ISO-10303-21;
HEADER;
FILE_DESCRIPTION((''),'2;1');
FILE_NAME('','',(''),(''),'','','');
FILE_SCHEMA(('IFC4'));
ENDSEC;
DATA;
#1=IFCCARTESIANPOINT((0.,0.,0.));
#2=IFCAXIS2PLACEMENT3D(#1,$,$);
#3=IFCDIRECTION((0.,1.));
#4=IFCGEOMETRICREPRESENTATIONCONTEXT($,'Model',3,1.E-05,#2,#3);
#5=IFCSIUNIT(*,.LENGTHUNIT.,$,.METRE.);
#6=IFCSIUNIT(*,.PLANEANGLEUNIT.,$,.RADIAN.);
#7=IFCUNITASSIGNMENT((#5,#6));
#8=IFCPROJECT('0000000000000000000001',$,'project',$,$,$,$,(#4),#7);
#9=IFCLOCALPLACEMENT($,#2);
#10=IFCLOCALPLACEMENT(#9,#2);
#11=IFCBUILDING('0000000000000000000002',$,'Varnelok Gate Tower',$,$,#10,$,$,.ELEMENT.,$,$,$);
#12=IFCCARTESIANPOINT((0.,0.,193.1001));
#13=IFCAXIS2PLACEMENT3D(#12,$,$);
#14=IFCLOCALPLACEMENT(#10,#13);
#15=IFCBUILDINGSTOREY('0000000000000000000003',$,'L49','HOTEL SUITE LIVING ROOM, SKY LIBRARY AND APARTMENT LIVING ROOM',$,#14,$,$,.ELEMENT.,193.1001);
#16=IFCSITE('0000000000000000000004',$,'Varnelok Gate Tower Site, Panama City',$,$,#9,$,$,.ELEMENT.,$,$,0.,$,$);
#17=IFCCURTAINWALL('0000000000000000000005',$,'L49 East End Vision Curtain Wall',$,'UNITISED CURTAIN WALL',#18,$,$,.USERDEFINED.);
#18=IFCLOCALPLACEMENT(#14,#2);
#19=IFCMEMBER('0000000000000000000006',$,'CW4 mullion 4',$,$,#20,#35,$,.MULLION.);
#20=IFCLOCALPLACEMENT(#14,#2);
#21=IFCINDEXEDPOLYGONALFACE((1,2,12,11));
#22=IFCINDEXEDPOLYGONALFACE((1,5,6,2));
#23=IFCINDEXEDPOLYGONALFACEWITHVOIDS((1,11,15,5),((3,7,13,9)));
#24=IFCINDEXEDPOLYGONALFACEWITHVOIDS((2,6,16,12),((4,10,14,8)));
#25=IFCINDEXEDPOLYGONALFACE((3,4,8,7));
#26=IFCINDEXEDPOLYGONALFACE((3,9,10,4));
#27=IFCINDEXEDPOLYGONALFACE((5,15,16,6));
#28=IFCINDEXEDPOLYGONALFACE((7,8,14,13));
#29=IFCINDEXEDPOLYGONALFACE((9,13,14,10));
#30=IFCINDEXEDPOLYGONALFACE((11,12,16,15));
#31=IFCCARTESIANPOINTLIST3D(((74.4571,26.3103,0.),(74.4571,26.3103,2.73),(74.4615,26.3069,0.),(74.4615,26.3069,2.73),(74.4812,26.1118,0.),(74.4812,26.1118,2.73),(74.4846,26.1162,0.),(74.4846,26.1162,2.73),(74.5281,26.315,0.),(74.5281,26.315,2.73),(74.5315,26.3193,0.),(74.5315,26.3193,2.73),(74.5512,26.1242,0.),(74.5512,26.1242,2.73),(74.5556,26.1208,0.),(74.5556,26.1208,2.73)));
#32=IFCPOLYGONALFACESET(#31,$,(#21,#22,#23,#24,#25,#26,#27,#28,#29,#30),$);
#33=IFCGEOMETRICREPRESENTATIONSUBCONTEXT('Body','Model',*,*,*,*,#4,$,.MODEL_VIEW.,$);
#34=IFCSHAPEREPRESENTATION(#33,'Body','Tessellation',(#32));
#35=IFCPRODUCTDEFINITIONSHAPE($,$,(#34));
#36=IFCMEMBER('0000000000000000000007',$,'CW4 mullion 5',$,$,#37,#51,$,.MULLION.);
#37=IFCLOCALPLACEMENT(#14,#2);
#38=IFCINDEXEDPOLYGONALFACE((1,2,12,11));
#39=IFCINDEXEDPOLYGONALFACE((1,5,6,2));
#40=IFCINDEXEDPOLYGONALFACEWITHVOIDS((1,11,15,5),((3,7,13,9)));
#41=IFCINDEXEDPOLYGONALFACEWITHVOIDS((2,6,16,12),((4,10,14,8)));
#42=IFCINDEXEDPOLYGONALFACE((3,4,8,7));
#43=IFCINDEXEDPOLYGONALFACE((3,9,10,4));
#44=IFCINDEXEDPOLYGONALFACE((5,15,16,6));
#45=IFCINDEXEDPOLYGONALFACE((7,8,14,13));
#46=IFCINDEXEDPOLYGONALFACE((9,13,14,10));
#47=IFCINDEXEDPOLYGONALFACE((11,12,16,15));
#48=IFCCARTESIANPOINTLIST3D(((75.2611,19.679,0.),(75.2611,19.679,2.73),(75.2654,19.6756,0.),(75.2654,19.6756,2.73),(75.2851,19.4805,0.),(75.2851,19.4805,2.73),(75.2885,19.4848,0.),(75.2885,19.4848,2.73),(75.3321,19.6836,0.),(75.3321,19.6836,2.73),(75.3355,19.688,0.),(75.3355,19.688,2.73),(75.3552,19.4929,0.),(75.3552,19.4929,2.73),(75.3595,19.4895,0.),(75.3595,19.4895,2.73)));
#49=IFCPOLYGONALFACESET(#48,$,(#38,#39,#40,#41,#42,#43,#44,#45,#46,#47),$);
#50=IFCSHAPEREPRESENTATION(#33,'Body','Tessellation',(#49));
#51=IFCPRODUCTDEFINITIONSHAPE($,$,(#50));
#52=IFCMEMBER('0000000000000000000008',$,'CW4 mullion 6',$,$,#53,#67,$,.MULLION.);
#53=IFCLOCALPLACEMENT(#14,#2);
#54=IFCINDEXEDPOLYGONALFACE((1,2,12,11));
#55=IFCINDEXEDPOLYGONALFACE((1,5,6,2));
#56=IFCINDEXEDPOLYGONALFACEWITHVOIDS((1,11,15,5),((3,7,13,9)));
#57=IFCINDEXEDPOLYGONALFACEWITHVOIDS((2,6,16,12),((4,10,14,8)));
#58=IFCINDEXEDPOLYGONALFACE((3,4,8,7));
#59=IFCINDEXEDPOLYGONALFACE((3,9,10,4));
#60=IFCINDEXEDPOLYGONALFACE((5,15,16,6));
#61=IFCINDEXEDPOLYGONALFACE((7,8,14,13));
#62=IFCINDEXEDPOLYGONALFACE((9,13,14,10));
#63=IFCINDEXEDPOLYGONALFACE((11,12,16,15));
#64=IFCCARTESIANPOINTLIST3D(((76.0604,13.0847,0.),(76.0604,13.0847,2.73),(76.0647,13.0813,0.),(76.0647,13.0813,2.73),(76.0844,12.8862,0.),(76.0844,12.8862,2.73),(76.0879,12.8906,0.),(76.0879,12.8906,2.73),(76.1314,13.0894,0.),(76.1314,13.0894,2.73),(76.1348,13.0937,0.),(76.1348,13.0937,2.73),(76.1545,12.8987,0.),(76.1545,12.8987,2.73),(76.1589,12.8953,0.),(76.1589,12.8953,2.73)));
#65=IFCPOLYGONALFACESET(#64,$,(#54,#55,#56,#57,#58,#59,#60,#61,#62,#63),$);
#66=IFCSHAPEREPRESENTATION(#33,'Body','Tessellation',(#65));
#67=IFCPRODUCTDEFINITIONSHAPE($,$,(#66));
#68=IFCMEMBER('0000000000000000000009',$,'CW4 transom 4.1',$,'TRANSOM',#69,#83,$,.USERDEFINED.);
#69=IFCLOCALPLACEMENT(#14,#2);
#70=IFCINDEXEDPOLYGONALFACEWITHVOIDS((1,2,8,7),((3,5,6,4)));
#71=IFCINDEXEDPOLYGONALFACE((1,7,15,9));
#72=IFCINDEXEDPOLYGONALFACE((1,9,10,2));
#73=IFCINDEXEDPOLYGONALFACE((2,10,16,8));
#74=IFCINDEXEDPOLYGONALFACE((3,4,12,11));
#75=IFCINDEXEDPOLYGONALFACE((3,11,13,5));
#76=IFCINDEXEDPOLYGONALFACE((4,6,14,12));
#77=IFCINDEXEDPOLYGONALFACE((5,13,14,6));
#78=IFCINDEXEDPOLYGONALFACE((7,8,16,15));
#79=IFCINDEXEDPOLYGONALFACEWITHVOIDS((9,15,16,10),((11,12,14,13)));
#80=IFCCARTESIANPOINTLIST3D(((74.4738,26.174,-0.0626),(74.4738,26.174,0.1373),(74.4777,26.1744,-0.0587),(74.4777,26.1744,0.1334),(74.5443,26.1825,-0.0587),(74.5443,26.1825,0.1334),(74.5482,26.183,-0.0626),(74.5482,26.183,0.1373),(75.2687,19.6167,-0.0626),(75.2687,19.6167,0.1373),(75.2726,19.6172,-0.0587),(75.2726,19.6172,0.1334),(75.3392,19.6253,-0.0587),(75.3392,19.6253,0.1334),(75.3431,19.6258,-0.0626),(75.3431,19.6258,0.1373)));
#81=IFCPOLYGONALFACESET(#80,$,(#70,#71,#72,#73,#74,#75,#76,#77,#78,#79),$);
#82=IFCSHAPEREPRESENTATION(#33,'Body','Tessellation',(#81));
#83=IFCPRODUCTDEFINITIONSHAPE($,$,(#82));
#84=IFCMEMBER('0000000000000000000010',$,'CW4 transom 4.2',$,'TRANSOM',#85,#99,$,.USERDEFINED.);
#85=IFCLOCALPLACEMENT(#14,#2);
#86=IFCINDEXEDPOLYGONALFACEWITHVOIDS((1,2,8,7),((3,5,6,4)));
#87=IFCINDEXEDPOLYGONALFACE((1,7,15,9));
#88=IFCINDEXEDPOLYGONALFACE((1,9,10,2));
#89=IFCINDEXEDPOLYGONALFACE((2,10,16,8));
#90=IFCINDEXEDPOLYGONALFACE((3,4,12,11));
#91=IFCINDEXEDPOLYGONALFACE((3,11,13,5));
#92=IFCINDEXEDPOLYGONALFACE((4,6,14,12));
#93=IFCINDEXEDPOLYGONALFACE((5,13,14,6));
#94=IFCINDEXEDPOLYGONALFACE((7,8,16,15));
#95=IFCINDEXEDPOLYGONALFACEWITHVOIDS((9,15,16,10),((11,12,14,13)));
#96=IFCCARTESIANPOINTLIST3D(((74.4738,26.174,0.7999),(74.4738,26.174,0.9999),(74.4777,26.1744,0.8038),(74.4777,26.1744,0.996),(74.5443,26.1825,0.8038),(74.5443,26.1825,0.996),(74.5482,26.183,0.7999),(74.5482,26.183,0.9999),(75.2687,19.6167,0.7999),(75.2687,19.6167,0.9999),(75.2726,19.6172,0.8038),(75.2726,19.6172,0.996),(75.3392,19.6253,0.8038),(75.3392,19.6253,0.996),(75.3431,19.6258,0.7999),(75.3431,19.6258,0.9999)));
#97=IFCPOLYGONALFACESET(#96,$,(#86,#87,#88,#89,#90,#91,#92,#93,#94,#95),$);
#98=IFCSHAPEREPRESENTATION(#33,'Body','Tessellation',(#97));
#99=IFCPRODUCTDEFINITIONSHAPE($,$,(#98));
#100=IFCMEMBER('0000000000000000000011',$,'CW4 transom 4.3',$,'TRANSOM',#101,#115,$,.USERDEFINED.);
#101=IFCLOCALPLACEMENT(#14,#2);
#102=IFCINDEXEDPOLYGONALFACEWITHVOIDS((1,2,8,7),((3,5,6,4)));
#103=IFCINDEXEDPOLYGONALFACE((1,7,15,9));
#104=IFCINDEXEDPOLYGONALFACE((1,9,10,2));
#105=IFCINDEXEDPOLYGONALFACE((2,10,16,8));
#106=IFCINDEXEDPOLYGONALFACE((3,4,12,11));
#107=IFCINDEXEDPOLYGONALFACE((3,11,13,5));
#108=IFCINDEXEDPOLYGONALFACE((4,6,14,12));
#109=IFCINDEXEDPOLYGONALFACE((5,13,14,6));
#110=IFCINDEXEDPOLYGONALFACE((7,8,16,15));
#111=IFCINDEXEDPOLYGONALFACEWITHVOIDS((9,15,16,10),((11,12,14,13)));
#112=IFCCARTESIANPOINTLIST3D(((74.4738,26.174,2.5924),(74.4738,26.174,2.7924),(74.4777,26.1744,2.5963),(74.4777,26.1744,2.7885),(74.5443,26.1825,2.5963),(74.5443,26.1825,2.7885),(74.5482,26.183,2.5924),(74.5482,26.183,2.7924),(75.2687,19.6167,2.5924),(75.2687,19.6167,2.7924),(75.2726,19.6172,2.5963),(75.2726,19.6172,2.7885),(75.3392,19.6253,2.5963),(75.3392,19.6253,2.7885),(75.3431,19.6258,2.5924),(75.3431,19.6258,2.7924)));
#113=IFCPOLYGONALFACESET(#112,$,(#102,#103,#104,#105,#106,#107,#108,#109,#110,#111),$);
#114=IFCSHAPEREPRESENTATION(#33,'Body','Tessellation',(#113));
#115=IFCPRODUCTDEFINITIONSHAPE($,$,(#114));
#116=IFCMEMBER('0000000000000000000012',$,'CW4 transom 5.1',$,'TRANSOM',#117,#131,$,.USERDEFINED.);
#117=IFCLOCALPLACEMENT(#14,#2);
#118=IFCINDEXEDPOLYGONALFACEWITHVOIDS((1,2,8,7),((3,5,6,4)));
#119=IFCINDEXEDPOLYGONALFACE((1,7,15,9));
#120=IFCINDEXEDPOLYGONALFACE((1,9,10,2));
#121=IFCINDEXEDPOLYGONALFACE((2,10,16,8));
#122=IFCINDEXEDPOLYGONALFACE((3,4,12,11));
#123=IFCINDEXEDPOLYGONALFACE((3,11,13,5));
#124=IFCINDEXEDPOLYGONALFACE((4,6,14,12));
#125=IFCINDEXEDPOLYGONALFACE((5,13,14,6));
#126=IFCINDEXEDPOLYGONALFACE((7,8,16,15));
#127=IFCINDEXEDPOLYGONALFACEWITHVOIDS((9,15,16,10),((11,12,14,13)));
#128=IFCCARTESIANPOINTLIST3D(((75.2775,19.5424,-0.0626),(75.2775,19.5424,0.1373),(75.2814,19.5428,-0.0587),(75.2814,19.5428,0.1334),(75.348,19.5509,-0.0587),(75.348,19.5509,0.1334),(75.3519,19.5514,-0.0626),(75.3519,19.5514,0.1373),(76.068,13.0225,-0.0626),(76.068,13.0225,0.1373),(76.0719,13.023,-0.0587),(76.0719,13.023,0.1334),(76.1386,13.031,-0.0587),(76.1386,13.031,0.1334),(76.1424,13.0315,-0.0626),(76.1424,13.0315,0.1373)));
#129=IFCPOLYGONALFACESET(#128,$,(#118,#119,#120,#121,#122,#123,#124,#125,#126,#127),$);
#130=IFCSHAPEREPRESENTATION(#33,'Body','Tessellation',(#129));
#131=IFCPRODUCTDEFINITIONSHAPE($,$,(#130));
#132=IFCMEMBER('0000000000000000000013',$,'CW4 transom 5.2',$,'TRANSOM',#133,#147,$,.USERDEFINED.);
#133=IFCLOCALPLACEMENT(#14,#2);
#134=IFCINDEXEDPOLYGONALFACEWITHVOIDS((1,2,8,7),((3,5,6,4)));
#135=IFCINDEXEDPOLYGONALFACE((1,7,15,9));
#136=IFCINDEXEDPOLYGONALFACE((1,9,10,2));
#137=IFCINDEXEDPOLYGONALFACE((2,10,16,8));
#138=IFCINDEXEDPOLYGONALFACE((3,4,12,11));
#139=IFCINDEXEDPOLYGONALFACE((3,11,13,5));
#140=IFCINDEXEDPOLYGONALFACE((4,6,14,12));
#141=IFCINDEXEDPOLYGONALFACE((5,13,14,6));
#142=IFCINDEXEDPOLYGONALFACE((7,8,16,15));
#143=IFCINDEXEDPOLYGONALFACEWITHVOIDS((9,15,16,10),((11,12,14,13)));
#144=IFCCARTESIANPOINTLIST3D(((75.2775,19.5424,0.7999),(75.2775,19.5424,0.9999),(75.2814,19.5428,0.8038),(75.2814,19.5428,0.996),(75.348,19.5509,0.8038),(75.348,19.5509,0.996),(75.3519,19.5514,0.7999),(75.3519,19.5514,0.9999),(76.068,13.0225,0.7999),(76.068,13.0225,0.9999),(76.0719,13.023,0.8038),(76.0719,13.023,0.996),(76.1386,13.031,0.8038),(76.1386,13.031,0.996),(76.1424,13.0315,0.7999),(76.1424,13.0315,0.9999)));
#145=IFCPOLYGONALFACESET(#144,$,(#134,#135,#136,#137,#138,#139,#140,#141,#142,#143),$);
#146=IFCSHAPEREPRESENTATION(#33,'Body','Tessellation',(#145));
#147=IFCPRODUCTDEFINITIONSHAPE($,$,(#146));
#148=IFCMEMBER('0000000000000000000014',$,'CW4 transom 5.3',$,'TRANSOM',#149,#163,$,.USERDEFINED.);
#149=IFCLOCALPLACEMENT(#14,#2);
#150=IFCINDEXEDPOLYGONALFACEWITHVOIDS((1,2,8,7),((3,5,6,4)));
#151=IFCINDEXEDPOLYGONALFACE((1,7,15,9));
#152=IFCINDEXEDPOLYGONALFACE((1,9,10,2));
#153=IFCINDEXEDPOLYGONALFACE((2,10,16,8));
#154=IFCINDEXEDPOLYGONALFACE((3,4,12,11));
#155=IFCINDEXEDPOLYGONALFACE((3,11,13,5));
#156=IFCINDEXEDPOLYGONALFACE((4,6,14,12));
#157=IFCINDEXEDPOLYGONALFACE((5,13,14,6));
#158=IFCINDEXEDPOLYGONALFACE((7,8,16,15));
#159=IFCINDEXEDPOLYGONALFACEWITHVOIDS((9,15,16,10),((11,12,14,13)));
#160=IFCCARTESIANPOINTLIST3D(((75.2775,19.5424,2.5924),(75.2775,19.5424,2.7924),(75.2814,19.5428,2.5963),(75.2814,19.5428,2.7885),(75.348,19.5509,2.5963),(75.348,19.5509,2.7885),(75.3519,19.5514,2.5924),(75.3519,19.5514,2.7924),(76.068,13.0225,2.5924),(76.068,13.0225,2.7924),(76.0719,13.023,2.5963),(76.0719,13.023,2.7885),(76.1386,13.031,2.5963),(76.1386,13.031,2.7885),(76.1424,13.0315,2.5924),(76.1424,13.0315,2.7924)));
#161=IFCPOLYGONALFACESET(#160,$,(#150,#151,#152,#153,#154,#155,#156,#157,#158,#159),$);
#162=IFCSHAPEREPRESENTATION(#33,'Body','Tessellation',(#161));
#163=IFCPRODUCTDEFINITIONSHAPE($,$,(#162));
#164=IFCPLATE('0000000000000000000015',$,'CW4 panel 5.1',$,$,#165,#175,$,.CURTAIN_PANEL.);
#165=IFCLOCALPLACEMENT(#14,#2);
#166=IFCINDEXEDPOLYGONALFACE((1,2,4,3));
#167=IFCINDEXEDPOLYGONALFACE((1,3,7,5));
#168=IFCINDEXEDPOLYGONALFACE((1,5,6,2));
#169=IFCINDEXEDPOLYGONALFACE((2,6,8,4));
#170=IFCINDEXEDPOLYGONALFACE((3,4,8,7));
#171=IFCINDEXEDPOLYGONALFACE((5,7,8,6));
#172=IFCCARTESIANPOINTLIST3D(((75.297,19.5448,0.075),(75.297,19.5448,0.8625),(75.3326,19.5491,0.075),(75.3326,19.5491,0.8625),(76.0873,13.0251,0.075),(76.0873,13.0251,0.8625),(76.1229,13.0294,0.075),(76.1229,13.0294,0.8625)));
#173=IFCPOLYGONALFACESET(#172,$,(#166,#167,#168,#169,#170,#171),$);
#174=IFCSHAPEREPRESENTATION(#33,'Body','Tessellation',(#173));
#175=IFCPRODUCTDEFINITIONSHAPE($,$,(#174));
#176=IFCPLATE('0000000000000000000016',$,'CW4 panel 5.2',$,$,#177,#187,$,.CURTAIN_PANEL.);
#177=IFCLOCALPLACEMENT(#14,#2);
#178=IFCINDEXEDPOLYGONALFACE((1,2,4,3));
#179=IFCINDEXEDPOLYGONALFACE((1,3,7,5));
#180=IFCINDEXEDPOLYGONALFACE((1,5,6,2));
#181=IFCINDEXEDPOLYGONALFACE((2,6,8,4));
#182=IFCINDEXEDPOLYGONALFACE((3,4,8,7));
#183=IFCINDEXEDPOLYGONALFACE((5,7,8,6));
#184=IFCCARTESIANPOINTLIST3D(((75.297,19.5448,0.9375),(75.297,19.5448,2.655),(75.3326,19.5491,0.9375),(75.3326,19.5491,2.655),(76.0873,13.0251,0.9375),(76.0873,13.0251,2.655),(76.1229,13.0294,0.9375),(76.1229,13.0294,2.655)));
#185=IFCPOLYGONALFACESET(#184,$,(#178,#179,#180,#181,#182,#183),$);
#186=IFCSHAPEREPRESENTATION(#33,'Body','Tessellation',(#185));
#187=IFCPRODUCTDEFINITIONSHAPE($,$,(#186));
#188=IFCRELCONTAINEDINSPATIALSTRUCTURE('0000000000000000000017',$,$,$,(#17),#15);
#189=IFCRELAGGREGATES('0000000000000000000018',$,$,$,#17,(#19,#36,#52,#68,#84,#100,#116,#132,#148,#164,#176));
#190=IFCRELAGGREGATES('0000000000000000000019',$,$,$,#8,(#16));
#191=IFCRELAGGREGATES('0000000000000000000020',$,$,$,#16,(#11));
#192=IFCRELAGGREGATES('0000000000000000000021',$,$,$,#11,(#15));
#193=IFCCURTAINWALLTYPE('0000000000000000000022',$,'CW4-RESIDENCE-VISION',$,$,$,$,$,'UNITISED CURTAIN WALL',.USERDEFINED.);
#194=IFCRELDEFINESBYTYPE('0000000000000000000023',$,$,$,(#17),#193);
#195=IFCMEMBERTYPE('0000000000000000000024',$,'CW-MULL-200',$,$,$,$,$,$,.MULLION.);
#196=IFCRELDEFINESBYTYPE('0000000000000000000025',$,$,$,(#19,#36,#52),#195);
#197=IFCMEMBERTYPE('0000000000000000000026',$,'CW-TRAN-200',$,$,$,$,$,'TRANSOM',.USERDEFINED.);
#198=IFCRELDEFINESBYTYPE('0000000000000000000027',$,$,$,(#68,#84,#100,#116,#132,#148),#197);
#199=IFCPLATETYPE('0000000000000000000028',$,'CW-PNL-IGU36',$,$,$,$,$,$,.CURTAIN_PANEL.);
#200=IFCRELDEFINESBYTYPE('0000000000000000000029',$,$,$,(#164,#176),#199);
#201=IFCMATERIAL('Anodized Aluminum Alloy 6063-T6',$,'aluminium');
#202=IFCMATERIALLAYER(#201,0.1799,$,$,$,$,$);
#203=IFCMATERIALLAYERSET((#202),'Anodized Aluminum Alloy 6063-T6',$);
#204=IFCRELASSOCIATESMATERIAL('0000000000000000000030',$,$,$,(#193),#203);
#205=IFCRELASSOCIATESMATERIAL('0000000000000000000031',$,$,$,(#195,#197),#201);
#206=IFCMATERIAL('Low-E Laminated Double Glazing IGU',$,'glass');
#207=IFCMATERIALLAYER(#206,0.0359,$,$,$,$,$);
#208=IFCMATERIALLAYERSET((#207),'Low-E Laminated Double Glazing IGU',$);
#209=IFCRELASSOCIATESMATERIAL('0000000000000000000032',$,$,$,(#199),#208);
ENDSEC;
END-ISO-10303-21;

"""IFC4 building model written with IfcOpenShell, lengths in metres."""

from ifc_helpers import new_model, si_unit, direction, frame, origin, origin_2d, place, context, subcontext, project, spatial, rectangle, hollow_rectangle, extrude, source, transform, mapped, material, layer, layer_set, material_profile, profile_set, type_object, element, aggregate, save


model = new_model("IFC4")

# Units and contexts
model_context = context("Model", 3, precision=1e-05, world=origin(), true_north=direction((0.0, 1.0)))
body_context = subcontext(model_context, "Body", "Model", "MODEL_VIEW")
ifc_project = project(units=[si_unit("LENGTHUNIT", "METRE"), si_unit("PLANEANGLEUNIT", "RADIAN")], contexts=[model_context])

# Site, building, storey
site_placement = place(None, origin())
site = spatial("IfcSite", under=ifc_project, at=site_placement, Name="Varnelok Gate Tower Site, Panama City", CompositionType="ELEMENT", RefElevation=0.0)
building_placement = place(site_placement, origin())
building = spatial("IfcBuilding", under=site, at=building_placement, Name="Varnelok Gate Tower", CompositionType="ELEMENT")
storey_placement = place(building_placement, frame((0.0, 0.0, 193.1001)))
storey = spatial("IfcBuildingStorey", under=building, at=storey_placement, Name="L49", Description="HOTEL SUITE LIVING ROOM, SKY LIBRARY AND APARTMENT LIVING ROOM", CompositionType="ELEMENT", Elevation=193.1001)

# Curtain wall, members, plates
ifc_material_1 = material(Name="Anodized Aluminum Alloy 6063-T6", Category="aluminium")
ifc_layer_1 = layer(ifc_material_1, 0.1799)
ifc_layer_set_1 = layer_set([ifc_layer_1], Name="Anodized Aluminum Alloy 6063-T6")
curtain_wall_type = type_object("IfcCurtainWallType", Name="CW4-RESIDENCE-VISION", ElementType="UNITISED CURTAIN WALL", PredefinedType="USERDEFINED", material=ifc_layer_set_1)
curtain_wall_placement = place(storey_placement, origin())
curtain_wall = element("IfcCurtainWall", 1, at=curtain_wall_placement, inside=storey, type_object=curtain_wall_type, Name="L49 East End Vision Curtain Wall", ObjectType="UNITISED CURTAIN WALL", PredefinedType="USERDEFINED")
ifc_material_profile_1 = material_profile(ifc_material_1, hollow_rectangle(XDim=0.075, YDim=0.2, WallThickness=0.0039, at=origin_2d()), Name="ALU200X75X4")
ifc_profile_set_1 = profile_set([ifc_material_profile_1], Name="Anodized Aluminum Alloy 6063-T6")
member_type_1 = type_object("IfcMemberType", Name="CW-MULL-200", PredefinedType="MULLION", material=ifc_profile_set_1)
member_1_placement = place(storey_placement, frame((74.5063, 26.2156, 0.0), z_axis=(0.0, 0.0, 1.0), x_axis=(0.992732, 0.120345, 0.0)))
member_1 = element("IfcMember", 2, at=member_1_placement, type_object=member_type_1, Name="CW4 mullion 4", PredefinedType="MULLION", context=body_context, shape_type="SweptSolid", body=[
    extrude(hollow_rectangle(XDim=0.075, YDim=0.2, WallThickness=0.0039, at=origin_2d()), origin(), (0.0, 0.0, 1.0), 2.73),
])
member_2_placement = place(storey_placement, frame((75.3103, 19.5842, 0.0), z_axis=(0.0, 0.0, 1.0), x_axis=(0.992732, 0.120345, 0.0)))
member_2 = element("IfcMember", 3, at=member_2_placement, type_object=member_type_1, Name="CW4 mullion 5", PredefinedType="MULLION", context=body_context, shape_type="SweptSolid", body=[
    extrude(hollow_rectangle(XDim=0.075, YDim=0.2, WallThickness=0.0039, at=origin_2d()), origin(), (0.0, 0.0, 1.0), 2.73),
])
member_3_placement = place(storey_placement, frame((76.1096, 12.99, 0.0), z_axis=(0.0, 0.0, 1.0), x_axis=(0.992732, 0.120345, 0.0)))
member_3 = element("IfcMember", 4, at=member_3_placement, type_object=member_type_1, Name="CW4 mullion 6", PredefinedType="MULLION", context=body_context, shape_type="SweptSolid", body=[
    extrude(hollow_rectangle(XDim=0.075, YDim=0.2, WallThickness=0.0039, at=origin_2d()), origin(), (0.0, 0.0, 1.0), 2.73),
])
ifc_material_profile_2 = material_profile(ifc_material_1, hollow_rectangle(XDim=0.075, YDim=0.2, WallThickness=0.0039, at=origin_2d()), Name="ALU200X75X4")
ifc_profile_set_2 = profile_set([ifc_material_profile_2], Name="Anodized Aluminum Alloy 6063-T6")
member_type_2 = type_object("IfcMemberType", Name="CW-TRAN-200", ElementType="TRANSOM", PredefinedType="USERDEFINED", material=ifc_profile_set_2)
member_4_placement = place(storey_placement, frame((74.511, 26.1785, 0.0374), z_axis=(0.120349, -0.992732, 0.0), x_axis=(0.992732, 0.120349, 0.0)))
member_4 = element("IfcMember", 5, at=member_4_placement, type_object=member_type_2, Name="CW4 transom 4.1", ObjectType="TRANSOM", PredefinedType="USERDEFINED", context=body_context, shape_type="SweptSolid", body=[
    extrude(hollow_rectangle(XDim=0.075, YDim=0.2, WallThickness=0.0039, at=origin_2d()), origin(), (0.0, 0.0, 1.0), 6.6052),
])
member_5_placement = place(storey_placement, frame((74.511, 26.1785, 0.8999), z_axis=(0.120349, -0.992732, 0.0), x_axis=(0.992732, 0.120349, 0.0)))
member_5 = element("IfcMember", 6, at=member_5_placement, type_object=member_type_2, Name="CW4 transom 4.2", ObjectType="TRANSOM", PredefinedType="USERDEFINED", context=body_context, shape_type="SweptSolid", body=[
    extrude(hollow_rectangle(XDim=0.075, YDim=0.2, WallThickness=0.0039, at=origin_2d()), origin(), (0.0, 0.0, 1.0), 6.6052),
])
member_6_placement = place(storey_placement, frame((74.511, 26.1785, 2.6924), z_axis=(0.120349, -0.992732, 0.0), x_axis=(0.992732, 0.120349, 0.0)))
member_6 = element("IfcMember", 7, at=member_6_placement, type_object=member_type_2, Name="CW4 transom 4.3", ObjectType="TRANSOM", PredefinedType="USERDEFINED", context=body_context, shape_type="SweptSolid", body=[
    extrude(hollow_rectangle(XDim=0.075, YDim=0.2, WallThickness=0.0039, at=origin_2d()), origin(), (0.0, 0.0, 1.0), 6.6052),
])
member_7_placement = place(storey_placement, frame((75.3147, 19.5469, 0.0374), z_axis=(0.120369, -0.992729, 0.0), x_axis=(0.992729, 0.120369, 0.0)))
member_7 = element("IfcMember", 8, at=member_7_placement, type_object=member_type_2, Name="CW4 transom 5.1", ObjectType="TRANSOM", PredefinedType="USERDEFINED", context=body_context, shape_type="SweptSolid", body=[
    extrude(hollow_rectangle(XDim=0.075, YDim=0.2, WallThickness=0.0039, at=origin_2d()), origin(), (0.0, 0.0, 1.0), 6.5676),
])
member_8_placement = place(storey_placement, frame((75.3147, 19.5469, 0.8999), z_axis=(0.120369, -0.992729, 0.0), x_axis=(0.992729, 0.120369, 0.0)))
member_8 = element("IfcMember", 9, at=member_8_placement, type_object=member_type_2, Name="CW4 transom 5.2", ObjectType="TRANSOM", PredefinedType="USERDEFINED", context=body_context, shape_type="SweptSolid", body=[
    extrude(hollow_rectangle(XDim=0.075, YDim=0.2, WallThickness=0.0039, at=origin_2d()), origin(), (0.0, 0.0, 1.0), 6.5676),
])
member_9_placement = place(storey_placement, frame((75.3147, 19.5469, 2.6924), z_axis=(0.120369, -0.992729, 0.0), x_axis=(0.992729, 0.120369, 0.0)))
member_9 = element("IfcMember", 10, at=member_9_placement, type_object=member_type_2, Name="CW4 transom 5.3", ObjectType="TRANSOM", PredefinedType="USERDEFINED", context=body_context, shape_type="SweptSolid", body=[
    extrude(hollow_rectangle(XDim=0.075, YDim=0.2, WallThickness=0.0039, at=origin_2d()), origin(), (0.0, 0.0, 1.0), 6.5676),
])
ifc_material_2 = material(Name="Low-E Laminated Double Glazing IGU", Category="glass")
ifc_layer_2 = layer(ifc_material_2, 0.0359)
ifc_layer_set_2 = layer_set([ifc_layer_2], Name="Low-E Laminated Double Glazing IGU")
plate_type = type_object("IfcPlateType", Name="CW-PNL-IGU36", PredefinedType="CURTAIN_PANEL", material=ifc_layer_set_2)
shared_shape_1 = source(origin(), body_context, "Body", "SweptSolid", [
    extrude(rectangle(XDim=6.5674, YDim=0.0359, at=origin_2d()), origin(), (0.0, 0.0, 1.0), 0.7876),
])
plate_1_placement = place(storey_placement, frame((75.71, 16.2871, 0.075), z_axis=(0.0, 0.0, 1.0), x_axis=(0.120345, -0.992732, 0.0)))
plate_1 = element("IfcPlate", 11, at=plate_1_placement, type_object=plate_type, Name="CW4 panel 5.1", PredefinedType="CURTAIN_PANEL", context=body_context, shape_type="MappedRepresentation", body=[
    mapped(shared_shape_1, transform((0.0, 0.0, 0.0), scale=1.0)),
])
shared_shape_2 = source(origin(), body_context, "Body", "SweptSolid", [
    extrude(rectangle(XDim=6.5674, YDim=0.0359, at=origin_2d()), origin(), (0.0, 0.0, 1.0), 1.7175),
])
plate_2_placement = place(storey_placement, frame((75.71, 16.2871, 0.9375), z_axis=(0.0, 0.0, 1.0), x_axis=(0.120345, -0.992732, 0.0)))
plate_2 = element("IfcPlate", 12, at=plate_2_placement, type_object=plate_type, Name="CW4 panel 5.2", PredefinedType="CURTAIN_PANEL", context=body_context, shape_type="MappedRepresentation", body=[
    mapped(shared_shape_2, transform((0.0, 0.0, 0.0), scale=1.0)),
])
aggregate(curtain_wall, [member_1, member_2, member_3, member_4, member_5, member_6, member_7, member_8, member_9, plate_1, plate_2])

save(model, "model.ifc")
